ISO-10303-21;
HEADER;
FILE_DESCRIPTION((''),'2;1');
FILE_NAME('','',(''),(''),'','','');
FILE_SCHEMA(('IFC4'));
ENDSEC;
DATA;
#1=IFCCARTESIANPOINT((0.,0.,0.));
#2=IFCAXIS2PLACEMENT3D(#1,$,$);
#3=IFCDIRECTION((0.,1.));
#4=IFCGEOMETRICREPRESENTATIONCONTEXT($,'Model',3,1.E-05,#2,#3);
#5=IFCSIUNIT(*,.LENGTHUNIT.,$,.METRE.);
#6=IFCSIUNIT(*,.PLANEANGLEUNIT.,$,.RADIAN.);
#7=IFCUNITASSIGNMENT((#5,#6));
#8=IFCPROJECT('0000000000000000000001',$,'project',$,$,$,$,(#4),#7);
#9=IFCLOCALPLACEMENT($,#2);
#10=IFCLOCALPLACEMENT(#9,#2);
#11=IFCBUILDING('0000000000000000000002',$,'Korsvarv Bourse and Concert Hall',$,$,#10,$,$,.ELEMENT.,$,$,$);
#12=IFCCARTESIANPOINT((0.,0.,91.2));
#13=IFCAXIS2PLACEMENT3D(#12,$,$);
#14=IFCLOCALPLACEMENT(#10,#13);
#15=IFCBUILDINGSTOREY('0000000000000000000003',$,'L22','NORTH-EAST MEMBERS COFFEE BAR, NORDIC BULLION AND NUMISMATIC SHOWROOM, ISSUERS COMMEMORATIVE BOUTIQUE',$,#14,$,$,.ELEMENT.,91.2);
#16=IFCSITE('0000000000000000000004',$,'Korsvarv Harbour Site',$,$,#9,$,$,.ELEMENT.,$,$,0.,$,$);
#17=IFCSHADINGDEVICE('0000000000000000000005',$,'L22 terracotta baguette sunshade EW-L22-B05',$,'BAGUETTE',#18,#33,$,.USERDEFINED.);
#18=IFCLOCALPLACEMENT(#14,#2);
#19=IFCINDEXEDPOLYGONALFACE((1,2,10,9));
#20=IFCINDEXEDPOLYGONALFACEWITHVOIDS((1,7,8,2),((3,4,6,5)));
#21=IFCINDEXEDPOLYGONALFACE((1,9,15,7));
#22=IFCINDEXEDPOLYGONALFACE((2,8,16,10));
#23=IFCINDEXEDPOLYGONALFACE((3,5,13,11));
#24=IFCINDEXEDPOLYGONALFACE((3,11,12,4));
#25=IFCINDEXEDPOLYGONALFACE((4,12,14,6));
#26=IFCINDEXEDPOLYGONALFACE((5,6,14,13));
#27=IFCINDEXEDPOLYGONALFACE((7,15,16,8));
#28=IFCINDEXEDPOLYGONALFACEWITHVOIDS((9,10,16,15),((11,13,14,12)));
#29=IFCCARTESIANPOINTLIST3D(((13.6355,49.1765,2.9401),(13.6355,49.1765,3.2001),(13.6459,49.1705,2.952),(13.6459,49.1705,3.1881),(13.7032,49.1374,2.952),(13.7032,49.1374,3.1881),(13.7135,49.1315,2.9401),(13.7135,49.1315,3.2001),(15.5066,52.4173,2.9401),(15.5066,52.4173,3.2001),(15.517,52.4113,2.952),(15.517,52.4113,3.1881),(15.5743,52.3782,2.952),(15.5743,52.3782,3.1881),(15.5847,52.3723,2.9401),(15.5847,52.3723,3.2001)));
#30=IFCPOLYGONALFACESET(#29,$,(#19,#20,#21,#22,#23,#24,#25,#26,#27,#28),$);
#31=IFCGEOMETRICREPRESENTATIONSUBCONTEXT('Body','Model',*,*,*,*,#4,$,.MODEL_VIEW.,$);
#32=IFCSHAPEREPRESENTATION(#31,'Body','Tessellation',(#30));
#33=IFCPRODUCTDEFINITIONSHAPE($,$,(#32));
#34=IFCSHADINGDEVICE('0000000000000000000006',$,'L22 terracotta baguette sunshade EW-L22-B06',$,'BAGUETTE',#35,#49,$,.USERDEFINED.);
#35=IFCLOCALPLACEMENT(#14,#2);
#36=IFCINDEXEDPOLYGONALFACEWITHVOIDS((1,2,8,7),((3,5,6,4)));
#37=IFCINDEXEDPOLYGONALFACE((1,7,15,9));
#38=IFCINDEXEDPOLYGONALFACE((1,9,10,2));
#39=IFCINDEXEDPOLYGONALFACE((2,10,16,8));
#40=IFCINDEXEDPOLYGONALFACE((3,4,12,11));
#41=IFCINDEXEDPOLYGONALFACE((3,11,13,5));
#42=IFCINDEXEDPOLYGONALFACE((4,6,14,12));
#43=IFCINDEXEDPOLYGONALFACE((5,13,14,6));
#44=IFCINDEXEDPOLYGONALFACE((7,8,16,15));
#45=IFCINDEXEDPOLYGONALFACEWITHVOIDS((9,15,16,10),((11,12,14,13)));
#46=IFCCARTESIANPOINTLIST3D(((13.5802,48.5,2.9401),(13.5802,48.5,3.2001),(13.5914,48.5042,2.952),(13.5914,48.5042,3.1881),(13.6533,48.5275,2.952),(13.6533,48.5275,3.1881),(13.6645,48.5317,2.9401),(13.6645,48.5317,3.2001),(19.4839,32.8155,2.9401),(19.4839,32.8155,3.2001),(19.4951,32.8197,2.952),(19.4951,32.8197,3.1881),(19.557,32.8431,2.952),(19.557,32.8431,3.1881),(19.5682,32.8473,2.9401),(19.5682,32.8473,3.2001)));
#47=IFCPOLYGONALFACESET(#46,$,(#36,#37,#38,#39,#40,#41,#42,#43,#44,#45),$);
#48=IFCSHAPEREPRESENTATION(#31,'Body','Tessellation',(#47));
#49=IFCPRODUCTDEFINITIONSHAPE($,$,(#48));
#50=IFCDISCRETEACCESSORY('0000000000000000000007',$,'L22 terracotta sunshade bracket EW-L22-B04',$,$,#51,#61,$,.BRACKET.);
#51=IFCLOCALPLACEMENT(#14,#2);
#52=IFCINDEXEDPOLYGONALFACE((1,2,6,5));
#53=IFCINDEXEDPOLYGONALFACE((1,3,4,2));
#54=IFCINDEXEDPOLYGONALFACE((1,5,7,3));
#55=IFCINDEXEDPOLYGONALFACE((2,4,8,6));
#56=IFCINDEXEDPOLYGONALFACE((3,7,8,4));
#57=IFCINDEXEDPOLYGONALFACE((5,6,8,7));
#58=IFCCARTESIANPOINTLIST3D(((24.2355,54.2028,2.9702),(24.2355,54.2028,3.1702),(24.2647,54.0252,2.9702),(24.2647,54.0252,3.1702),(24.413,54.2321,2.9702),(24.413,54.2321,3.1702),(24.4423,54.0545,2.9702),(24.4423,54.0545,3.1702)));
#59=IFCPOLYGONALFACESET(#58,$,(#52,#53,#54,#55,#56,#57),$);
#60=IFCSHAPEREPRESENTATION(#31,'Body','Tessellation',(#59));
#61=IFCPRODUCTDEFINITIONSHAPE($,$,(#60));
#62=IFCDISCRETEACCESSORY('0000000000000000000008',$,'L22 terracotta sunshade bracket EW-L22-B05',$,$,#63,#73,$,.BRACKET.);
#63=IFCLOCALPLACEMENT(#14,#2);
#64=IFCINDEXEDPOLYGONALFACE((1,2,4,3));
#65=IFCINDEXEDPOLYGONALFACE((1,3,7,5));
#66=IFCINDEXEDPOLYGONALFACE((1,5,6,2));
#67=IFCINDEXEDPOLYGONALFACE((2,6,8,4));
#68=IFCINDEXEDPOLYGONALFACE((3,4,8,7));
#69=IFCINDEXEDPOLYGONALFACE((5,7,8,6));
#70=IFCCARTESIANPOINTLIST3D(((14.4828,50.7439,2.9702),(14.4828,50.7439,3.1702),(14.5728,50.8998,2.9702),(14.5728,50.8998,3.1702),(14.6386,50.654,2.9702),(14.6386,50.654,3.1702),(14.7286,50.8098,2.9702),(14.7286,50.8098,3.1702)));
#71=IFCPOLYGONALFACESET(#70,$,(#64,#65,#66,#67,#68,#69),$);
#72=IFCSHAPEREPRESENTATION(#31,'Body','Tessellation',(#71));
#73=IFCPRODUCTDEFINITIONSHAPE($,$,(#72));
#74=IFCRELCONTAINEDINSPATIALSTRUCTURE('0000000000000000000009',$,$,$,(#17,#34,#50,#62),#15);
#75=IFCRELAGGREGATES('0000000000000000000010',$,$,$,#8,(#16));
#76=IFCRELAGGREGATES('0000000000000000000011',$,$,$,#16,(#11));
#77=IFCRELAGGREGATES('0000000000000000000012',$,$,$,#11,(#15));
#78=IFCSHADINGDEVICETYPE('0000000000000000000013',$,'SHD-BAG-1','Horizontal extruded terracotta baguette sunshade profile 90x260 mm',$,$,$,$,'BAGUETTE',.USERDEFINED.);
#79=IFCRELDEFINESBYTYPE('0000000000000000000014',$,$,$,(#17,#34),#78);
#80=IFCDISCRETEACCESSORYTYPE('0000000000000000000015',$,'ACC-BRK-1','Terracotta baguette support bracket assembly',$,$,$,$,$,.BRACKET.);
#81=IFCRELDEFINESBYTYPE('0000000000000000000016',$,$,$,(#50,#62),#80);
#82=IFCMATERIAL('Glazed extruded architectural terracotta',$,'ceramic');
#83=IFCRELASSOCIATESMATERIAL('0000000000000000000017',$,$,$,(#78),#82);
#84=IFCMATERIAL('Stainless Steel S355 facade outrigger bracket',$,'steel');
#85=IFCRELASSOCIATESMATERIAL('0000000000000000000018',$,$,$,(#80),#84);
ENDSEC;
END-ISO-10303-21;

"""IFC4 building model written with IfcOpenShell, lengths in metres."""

from ifc_helpers import new_model, si_unit, direction, frame, origin, origin_2d, place, context, subcontext, project, spatial, rectangle, hollow_rectangle, extrude, source, transform, mapped, material, material_profile, profile_set, type_object, element, save


model = new_model("IFC4")

# Units and contexts
model_context = context("Model", 3, precision=1e-05, world=origin(), true_north=direction((0.0, 1.0)))
body_context = subcontext(model_context, "Body", "Model", "MODEL_VIEW")
ifc_project = project(units=[si_unit("LENGTHUNIT", "METRE"), si_unit("PLANEANGLEUNIT", "RADIAN")], contexts=[model_context])

# Site, building, storey
site_placement = place(None, origin())
site = spatial("IfcSite", under=ifc_project, at=site_placement, Name="Korsvarv Harbour Site", CompositionType="ELEMENT", RefElevation=0.0)
building_placement = place(site_placement, origin())
building = spatial("IfcBuilding", under=site, at=building_placement, Name="Korsvarv Bourse and Concert Hall", CompositionType="ELEMENT")
storey_placement = place(building_placement, frame((0.0, 0.0, 91.2)))
storey = spatial("IfcBuildingStorey", under=building, at=storey_placement, Name="L22", Description="NORTH-EAST MEMBERS COFFEE BAR, NORDIC BULLION AND NUMISMATIC SHOWROOM, ISSUERS COMMEMORATIVE BOUTIQUE", CompositionType="ELEMENT", Elevation=91.2)

# Shading devices
ifc_material_1 = material(Name="Glazed extruded architectural terracotta", Category="ceramic")
ifc_material_profile_1 = material_profile(ifc_material_1, hollow_rectangle(XDim=0.0901, YDim=0.26, WallThickness=0.012, at=origin_2d()), Name="TC-BAG 90x260")
ifc_profile_set_1 = profile_set([ifc_material_profile_1], Name="Glazed extruded architectural terracotta")
shading_device_type = type_object("IfcShadingDeviceType", Name="SHD-BAG-1", Description="Horizontal extruded terracotta baguette sunshade profile 90x260 mm", ElementType="BAGUETTE", PredefinedType="USERDEFINED", material=ifc_profile_set_1)
shared_shape_1 = source(origin(), body_context, "Body", "SweptSolid", [
    extrude(hollow_rectangle(XDim=0.0901, YDim=0.26, WallThickness=0.012, at=origin_2d()), origin(), (0.0, 0.0, 1.0), 3.7422),
])
shading_device_1_placement = place(storey_placement, frame((15.5457, 52.3948, 3.0701), z_axis=(-0.500012, -0.866018, 0.0), x_axis=(0.866018, -0.500012, 0.0)))
element("IfcShadingDevice", 1, at=shading_device_1_placement, inside=storey, type_object=shading_device_type, Name="L22 terracotta baguette sunshade EW-L22-B05", ObjectType="BAGUETTE", PredefinedType="USERDEFINED", context=body_context, shape_type="MappedRepresentation", body=[
    mapped(shared_shape_1, transform((0.0, 0.0, 0.0), scale=1.0)),
])
shared_shape_2 = source(origin(), body_context, "Body", "SweptSolid", [
    extrude(hollow_rectangle(XDim=0.0901, YDim=0.26, WallThickness=0.012, at=origin_2d()), origin(), (0.0, 0.0, 1.0), 16.7588),
])
shading_device_2_placement = place(storey_placement, frame((13.6223, 48.5159, 3.0701), z_axis=(0.352279, -0.935895, 0.0), x_axis=(0.935895, 0.352279, 0.0)))
element("IfcShadingDevice", 2, at=shading_device_2_placement, inside=storey, type_object=shading_device_type, Name="L22 terracotta baguette sunshade EW-L22-B06", ObjectType="BAGUETTE", PredefinedType="USERDEFINED", context=body_context, shape_type="MappedRepresentation", body=[
    mapped(shared_shape_2, transform((0.0, 0.0, 0.0), scale=1.0)),
])

# Discrete accessories
ifc_material_2 = material(Name="Stainless Steel S355 facade outrigger bracket", Category="steel")
discrete_accessory_type = type_object("IfcDiscreteAccessoryType", Name="ACC-BRK-1", Description="Terracotta baguette support bracket assembly", PredefinedType="BRACKET", material=ifc_material_2)
shared_shape_3 = source(origin(), body_context, "Body", "SweptSolid", [
    extrude(rectangle(XDim=0.1799, YDim=0.1799, at=origin_2d()), origin(), (0.0, 0.0, 1.0), 0.2),
])
for number, where, z_axis, x_axis, name in (
    (3, (24.3389, 54.1287, 2.9702), (0.0, 0.0, 1.0), (-0.986658, -0.162809, 0.0), "L22 terracotta sunshade bracket EW-L22-B04"),
    (4, (14.6057, 50.7769, 2.9702), (0.0, 0.0, 1.0), (-0.5, -0.866025, 0.0), "L22 terracotta sunshade bracket EW-L22-B05"),
):
    element("IfcDiscreteAccessory", number, at=place(storey_placement, frame(where, z_axis=z_axis, x_axis=x_axis)), inside=storey, type_object=discrete_accessory_type, Name=name, PredefinedType="BRACKET", context=body_context, shape_type="MappedRepresentation", body=[
        mapped(shared_shape_3, transform((0.0, 0.0, 0.0), scale=1.0)),
    ])

save(model, "model.ifc")
